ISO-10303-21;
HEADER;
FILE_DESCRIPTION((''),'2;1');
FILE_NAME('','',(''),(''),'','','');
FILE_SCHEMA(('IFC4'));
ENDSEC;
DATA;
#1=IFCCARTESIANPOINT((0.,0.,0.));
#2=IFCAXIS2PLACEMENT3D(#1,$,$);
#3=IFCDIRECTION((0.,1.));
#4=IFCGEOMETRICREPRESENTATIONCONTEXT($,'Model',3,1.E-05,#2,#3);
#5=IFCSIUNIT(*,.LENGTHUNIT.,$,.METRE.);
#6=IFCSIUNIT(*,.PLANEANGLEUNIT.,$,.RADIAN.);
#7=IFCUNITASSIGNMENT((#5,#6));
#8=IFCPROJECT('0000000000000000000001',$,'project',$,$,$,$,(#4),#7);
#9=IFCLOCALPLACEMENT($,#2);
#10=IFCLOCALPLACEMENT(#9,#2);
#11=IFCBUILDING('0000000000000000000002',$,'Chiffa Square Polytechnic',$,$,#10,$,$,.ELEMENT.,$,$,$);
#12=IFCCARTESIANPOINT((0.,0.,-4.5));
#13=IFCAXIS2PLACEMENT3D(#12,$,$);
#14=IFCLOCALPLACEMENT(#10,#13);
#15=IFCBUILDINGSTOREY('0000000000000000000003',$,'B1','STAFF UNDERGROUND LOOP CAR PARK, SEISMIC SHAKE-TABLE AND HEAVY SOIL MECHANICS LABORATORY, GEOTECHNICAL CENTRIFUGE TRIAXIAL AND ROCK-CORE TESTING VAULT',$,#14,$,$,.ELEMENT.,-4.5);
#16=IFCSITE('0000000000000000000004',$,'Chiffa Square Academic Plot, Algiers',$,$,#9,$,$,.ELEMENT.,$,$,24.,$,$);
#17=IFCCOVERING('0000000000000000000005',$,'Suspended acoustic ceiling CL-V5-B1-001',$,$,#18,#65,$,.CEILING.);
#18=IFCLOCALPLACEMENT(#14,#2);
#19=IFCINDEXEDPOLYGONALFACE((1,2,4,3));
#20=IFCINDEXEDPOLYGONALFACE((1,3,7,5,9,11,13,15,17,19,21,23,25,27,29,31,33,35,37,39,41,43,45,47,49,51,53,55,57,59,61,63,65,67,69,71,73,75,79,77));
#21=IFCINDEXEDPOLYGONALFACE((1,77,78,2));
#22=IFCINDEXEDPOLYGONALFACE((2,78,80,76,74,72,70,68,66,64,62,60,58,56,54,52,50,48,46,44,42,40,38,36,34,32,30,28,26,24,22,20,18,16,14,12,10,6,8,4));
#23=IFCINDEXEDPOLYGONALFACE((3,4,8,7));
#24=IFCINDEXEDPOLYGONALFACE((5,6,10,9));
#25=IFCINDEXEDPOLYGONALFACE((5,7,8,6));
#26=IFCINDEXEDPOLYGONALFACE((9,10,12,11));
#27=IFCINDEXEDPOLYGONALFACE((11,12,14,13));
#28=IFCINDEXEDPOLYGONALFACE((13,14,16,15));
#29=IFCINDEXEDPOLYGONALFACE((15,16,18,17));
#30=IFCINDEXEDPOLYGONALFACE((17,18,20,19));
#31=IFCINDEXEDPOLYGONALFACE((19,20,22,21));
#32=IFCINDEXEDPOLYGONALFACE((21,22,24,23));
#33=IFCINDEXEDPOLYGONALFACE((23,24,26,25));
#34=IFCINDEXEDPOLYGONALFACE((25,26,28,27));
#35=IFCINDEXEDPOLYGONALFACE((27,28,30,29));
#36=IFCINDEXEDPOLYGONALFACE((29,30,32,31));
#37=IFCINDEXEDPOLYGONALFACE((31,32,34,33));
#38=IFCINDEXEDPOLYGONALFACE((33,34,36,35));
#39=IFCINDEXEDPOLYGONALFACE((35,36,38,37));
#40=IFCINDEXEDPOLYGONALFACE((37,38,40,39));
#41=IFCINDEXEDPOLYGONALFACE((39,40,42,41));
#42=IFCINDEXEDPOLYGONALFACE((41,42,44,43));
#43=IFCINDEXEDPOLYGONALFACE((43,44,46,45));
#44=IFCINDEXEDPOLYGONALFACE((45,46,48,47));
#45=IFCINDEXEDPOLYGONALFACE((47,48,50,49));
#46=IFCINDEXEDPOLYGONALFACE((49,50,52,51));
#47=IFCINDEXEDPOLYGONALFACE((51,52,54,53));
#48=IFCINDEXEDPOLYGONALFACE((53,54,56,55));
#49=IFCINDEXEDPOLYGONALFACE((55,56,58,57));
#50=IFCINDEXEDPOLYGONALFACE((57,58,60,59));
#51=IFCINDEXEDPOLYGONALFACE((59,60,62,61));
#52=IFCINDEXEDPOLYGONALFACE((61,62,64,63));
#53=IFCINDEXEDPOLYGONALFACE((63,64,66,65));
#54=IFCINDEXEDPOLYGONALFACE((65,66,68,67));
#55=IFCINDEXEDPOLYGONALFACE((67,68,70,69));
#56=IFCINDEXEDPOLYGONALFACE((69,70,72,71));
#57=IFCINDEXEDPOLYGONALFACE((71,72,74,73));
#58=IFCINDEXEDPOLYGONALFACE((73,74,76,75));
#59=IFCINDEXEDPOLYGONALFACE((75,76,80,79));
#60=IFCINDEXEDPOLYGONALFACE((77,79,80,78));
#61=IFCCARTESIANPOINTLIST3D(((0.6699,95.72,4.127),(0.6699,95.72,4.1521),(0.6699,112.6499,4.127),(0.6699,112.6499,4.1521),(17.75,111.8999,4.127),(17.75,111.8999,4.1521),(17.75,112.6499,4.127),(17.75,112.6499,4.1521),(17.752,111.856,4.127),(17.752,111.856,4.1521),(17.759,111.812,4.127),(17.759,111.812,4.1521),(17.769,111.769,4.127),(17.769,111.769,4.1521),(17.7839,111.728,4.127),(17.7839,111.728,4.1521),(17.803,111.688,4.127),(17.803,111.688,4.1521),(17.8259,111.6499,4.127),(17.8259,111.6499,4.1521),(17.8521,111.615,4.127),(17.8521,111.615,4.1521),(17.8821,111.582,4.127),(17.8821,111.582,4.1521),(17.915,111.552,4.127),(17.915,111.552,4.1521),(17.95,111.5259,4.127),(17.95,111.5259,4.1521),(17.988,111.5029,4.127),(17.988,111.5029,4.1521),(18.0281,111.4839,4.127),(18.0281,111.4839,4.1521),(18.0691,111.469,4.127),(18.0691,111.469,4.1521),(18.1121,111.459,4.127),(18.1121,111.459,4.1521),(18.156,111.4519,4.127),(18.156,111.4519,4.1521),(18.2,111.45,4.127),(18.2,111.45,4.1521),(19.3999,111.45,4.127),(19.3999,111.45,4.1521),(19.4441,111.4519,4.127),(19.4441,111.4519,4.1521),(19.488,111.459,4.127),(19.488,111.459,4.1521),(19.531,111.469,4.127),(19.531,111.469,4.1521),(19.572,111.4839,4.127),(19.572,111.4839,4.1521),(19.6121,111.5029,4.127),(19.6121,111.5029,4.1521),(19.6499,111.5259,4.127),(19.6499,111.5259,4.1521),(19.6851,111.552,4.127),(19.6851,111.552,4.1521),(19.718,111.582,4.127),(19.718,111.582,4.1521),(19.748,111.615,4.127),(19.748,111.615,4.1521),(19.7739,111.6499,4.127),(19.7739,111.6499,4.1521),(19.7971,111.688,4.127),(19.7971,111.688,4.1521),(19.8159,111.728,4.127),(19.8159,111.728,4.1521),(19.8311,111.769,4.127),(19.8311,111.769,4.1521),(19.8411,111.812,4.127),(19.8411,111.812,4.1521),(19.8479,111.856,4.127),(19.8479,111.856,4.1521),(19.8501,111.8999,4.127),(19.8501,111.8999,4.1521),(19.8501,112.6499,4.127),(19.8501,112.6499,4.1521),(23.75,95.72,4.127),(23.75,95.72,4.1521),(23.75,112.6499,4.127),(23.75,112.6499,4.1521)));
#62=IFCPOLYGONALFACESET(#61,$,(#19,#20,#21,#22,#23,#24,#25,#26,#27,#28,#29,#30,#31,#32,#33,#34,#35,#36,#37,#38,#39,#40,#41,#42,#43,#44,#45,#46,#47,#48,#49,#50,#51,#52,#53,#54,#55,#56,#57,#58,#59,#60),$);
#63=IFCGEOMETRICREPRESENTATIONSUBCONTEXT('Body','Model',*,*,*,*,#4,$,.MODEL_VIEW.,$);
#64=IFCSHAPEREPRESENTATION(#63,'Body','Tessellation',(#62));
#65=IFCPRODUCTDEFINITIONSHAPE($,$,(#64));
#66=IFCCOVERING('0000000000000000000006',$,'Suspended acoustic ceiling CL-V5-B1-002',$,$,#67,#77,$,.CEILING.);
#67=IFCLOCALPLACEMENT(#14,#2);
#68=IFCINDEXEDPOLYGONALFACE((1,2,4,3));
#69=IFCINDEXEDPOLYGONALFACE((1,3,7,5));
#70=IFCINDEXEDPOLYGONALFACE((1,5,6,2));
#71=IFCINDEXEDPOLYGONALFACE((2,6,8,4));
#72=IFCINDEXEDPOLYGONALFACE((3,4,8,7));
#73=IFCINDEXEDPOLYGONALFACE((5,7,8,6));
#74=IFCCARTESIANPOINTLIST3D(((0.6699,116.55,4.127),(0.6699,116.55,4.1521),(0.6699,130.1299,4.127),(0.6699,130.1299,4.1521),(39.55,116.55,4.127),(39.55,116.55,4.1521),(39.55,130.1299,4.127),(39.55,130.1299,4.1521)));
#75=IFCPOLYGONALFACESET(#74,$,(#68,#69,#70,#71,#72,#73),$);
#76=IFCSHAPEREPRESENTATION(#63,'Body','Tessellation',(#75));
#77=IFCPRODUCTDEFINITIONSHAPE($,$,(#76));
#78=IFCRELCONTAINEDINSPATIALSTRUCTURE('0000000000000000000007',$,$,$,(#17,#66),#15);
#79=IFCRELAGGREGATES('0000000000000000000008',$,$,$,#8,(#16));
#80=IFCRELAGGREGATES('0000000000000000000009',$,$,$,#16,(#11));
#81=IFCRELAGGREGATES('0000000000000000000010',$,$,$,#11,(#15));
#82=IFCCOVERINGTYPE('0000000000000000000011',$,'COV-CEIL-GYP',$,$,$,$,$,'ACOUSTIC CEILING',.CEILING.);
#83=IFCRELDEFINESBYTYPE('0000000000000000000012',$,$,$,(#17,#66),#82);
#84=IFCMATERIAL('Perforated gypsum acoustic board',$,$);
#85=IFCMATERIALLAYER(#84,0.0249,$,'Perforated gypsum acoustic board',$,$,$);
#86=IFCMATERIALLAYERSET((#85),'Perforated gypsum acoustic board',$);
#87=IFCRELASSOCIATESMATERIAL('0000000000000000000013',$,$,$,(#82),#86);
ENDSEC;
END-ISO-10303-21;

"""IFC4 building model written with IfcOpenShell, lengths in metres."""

from ifc_helpers import new_model, si_unit, direction, frame, origin, place, context, subcontext, project, spatial, polyline, outline, extrude, material, layer, layer_set, type_object, element, save


model = new_model("IFC4")

# Units and contexts
model_context = context("Model", 3, precision=1e-05, world=origin(), true_north=direction((0.0, 1.0)))
body_context = subcontext(model_context, "Body", "Model", "MODEL_VIEW")
ifc_project = project(units=[si_unit("LENGTHUNIT", "METRE"), si_unit("PLANEANGLEUNIT", "RADIAN")], contexts=[model_context])

# Site, building, storey
site_placement = place(None, origin())
site = spatial("IfcSite", under=ifc_project, at=site_placement, Name="Chiffa Square Academic Plot, Algiers", CompositionType="ELEMENT", RefElevation=24.0)
building_placement = place(site_placement, origin())
building = spatial("IfcBuilding", under=site, at=building_placement, Name="Chiffa Square Polytechnic", CompositionType="ELEMENT")
storey_placement = place(building_placement, frame((0.0, 0.0, -4.5)))
storey = spatial("IfcBuildingStorey", under=building, at=storey_placement, Name="B1", Description="STAFF UNDERGROUND LOOP CAR PARK, SEISMIC SHAKE-TABLE AND HEAVY SOIL MECHANICS LABORATORY, GEOTECHNICAL CENTRIFUGE TRIAXIAL AND ROCK-CORE TESTING VAULT", CompositionType="ELEMENT", Elevation=-4.5)

# Coverings
ifc_material_1 = material(Name="Perforated gypsum acoustic board")
ifc_layer_1 = layer(ifc_material_1, 0.0249, Name="Perforated gypsum acoustic board")
ifc_layer_set_1 = layer_set([ifc_layer_1], Name="Perforated gypsum acoustic board")
covering_type = type_object("IfcCoveringType", Name="COV-CEIL-GYP", ElementType="ACOUSTIC CEILING", PredefinedType="CEILING", material=ifc_layer_set_1)
covering_1_placement = place(storey_placement, frame((0.0, 0.0, 4.127)))
element("IfcCovering", 1, at=covering_1_placement, inside=storey, type_object=covering_type, Name="Suspended acoustic ceiling CL-V5-B1-001", PredefinedType="CEILING", context=body_context, shape_type="SweptSolid", body=[
    extrude(outline(polyline([(17.75, 112.6499), (17.75, 111.8999), (17.752, 111.856), (17.759, 111.812), (17.769, 111.769), (17.7839, 111.728), (17.803, 111.688), (17.8259, 111.6499), (17.8521, 111.615), (17.8821, 111.582), (17.915, 111.552), (17.95, 111.5259), (17.988, 111.5029), (18.0281, 111.4839), (18.0691, 111.469), (18.1121, 111.459), (18.156, 111.4519), (18.2, 111.45), (19.3999, 111.45), (19.4441, 111.4519), (19.488, 111.459), (19.531, 111.469), (19.572, 111.4839), (19.6121, 111.5029), (19.6499, 111.5259), (19.6851, 111.552), (19.718, 111.582), (19.748, 111.615), (19.7739, 111.6499), (19.7971, 111.688), (19.8159, 111.728), (19.8311, 111.769), (19.8411, 111.812), (19.8479, 111.856), (19.8501, 111.8999), (19.8501, 112.6499), (23.75, 112.6499), (23.75, 95.72), (0.6699, 95.72), (0.6699, 112.6499), (17.75, 112.6499)])), origin(), (0.0, 0.0, 1.0), 0.0251),
])
covering_2_placement = place(storey_placement, frame((0.0, 0.0, 4.127)))
element("IfcCovering", 2, at=covering_2_placement, inside=storey, type_object=covering_type, Name="Suspended acoustic ceiling CL-V5-B1-002", PredefinedType="CEILING", context=body_context, shape_type="SweptSolid", body=[
    extrude(outline(polyline([(39.55, 116.55), (0.6699, 116.55), (0.6699, 130.1299), (39.55, 130.1299), (39.55, 116.55)])), origin(), (0.0, 0.0, 1.0), 0.0251),
])

save(model, "model.ifc")
